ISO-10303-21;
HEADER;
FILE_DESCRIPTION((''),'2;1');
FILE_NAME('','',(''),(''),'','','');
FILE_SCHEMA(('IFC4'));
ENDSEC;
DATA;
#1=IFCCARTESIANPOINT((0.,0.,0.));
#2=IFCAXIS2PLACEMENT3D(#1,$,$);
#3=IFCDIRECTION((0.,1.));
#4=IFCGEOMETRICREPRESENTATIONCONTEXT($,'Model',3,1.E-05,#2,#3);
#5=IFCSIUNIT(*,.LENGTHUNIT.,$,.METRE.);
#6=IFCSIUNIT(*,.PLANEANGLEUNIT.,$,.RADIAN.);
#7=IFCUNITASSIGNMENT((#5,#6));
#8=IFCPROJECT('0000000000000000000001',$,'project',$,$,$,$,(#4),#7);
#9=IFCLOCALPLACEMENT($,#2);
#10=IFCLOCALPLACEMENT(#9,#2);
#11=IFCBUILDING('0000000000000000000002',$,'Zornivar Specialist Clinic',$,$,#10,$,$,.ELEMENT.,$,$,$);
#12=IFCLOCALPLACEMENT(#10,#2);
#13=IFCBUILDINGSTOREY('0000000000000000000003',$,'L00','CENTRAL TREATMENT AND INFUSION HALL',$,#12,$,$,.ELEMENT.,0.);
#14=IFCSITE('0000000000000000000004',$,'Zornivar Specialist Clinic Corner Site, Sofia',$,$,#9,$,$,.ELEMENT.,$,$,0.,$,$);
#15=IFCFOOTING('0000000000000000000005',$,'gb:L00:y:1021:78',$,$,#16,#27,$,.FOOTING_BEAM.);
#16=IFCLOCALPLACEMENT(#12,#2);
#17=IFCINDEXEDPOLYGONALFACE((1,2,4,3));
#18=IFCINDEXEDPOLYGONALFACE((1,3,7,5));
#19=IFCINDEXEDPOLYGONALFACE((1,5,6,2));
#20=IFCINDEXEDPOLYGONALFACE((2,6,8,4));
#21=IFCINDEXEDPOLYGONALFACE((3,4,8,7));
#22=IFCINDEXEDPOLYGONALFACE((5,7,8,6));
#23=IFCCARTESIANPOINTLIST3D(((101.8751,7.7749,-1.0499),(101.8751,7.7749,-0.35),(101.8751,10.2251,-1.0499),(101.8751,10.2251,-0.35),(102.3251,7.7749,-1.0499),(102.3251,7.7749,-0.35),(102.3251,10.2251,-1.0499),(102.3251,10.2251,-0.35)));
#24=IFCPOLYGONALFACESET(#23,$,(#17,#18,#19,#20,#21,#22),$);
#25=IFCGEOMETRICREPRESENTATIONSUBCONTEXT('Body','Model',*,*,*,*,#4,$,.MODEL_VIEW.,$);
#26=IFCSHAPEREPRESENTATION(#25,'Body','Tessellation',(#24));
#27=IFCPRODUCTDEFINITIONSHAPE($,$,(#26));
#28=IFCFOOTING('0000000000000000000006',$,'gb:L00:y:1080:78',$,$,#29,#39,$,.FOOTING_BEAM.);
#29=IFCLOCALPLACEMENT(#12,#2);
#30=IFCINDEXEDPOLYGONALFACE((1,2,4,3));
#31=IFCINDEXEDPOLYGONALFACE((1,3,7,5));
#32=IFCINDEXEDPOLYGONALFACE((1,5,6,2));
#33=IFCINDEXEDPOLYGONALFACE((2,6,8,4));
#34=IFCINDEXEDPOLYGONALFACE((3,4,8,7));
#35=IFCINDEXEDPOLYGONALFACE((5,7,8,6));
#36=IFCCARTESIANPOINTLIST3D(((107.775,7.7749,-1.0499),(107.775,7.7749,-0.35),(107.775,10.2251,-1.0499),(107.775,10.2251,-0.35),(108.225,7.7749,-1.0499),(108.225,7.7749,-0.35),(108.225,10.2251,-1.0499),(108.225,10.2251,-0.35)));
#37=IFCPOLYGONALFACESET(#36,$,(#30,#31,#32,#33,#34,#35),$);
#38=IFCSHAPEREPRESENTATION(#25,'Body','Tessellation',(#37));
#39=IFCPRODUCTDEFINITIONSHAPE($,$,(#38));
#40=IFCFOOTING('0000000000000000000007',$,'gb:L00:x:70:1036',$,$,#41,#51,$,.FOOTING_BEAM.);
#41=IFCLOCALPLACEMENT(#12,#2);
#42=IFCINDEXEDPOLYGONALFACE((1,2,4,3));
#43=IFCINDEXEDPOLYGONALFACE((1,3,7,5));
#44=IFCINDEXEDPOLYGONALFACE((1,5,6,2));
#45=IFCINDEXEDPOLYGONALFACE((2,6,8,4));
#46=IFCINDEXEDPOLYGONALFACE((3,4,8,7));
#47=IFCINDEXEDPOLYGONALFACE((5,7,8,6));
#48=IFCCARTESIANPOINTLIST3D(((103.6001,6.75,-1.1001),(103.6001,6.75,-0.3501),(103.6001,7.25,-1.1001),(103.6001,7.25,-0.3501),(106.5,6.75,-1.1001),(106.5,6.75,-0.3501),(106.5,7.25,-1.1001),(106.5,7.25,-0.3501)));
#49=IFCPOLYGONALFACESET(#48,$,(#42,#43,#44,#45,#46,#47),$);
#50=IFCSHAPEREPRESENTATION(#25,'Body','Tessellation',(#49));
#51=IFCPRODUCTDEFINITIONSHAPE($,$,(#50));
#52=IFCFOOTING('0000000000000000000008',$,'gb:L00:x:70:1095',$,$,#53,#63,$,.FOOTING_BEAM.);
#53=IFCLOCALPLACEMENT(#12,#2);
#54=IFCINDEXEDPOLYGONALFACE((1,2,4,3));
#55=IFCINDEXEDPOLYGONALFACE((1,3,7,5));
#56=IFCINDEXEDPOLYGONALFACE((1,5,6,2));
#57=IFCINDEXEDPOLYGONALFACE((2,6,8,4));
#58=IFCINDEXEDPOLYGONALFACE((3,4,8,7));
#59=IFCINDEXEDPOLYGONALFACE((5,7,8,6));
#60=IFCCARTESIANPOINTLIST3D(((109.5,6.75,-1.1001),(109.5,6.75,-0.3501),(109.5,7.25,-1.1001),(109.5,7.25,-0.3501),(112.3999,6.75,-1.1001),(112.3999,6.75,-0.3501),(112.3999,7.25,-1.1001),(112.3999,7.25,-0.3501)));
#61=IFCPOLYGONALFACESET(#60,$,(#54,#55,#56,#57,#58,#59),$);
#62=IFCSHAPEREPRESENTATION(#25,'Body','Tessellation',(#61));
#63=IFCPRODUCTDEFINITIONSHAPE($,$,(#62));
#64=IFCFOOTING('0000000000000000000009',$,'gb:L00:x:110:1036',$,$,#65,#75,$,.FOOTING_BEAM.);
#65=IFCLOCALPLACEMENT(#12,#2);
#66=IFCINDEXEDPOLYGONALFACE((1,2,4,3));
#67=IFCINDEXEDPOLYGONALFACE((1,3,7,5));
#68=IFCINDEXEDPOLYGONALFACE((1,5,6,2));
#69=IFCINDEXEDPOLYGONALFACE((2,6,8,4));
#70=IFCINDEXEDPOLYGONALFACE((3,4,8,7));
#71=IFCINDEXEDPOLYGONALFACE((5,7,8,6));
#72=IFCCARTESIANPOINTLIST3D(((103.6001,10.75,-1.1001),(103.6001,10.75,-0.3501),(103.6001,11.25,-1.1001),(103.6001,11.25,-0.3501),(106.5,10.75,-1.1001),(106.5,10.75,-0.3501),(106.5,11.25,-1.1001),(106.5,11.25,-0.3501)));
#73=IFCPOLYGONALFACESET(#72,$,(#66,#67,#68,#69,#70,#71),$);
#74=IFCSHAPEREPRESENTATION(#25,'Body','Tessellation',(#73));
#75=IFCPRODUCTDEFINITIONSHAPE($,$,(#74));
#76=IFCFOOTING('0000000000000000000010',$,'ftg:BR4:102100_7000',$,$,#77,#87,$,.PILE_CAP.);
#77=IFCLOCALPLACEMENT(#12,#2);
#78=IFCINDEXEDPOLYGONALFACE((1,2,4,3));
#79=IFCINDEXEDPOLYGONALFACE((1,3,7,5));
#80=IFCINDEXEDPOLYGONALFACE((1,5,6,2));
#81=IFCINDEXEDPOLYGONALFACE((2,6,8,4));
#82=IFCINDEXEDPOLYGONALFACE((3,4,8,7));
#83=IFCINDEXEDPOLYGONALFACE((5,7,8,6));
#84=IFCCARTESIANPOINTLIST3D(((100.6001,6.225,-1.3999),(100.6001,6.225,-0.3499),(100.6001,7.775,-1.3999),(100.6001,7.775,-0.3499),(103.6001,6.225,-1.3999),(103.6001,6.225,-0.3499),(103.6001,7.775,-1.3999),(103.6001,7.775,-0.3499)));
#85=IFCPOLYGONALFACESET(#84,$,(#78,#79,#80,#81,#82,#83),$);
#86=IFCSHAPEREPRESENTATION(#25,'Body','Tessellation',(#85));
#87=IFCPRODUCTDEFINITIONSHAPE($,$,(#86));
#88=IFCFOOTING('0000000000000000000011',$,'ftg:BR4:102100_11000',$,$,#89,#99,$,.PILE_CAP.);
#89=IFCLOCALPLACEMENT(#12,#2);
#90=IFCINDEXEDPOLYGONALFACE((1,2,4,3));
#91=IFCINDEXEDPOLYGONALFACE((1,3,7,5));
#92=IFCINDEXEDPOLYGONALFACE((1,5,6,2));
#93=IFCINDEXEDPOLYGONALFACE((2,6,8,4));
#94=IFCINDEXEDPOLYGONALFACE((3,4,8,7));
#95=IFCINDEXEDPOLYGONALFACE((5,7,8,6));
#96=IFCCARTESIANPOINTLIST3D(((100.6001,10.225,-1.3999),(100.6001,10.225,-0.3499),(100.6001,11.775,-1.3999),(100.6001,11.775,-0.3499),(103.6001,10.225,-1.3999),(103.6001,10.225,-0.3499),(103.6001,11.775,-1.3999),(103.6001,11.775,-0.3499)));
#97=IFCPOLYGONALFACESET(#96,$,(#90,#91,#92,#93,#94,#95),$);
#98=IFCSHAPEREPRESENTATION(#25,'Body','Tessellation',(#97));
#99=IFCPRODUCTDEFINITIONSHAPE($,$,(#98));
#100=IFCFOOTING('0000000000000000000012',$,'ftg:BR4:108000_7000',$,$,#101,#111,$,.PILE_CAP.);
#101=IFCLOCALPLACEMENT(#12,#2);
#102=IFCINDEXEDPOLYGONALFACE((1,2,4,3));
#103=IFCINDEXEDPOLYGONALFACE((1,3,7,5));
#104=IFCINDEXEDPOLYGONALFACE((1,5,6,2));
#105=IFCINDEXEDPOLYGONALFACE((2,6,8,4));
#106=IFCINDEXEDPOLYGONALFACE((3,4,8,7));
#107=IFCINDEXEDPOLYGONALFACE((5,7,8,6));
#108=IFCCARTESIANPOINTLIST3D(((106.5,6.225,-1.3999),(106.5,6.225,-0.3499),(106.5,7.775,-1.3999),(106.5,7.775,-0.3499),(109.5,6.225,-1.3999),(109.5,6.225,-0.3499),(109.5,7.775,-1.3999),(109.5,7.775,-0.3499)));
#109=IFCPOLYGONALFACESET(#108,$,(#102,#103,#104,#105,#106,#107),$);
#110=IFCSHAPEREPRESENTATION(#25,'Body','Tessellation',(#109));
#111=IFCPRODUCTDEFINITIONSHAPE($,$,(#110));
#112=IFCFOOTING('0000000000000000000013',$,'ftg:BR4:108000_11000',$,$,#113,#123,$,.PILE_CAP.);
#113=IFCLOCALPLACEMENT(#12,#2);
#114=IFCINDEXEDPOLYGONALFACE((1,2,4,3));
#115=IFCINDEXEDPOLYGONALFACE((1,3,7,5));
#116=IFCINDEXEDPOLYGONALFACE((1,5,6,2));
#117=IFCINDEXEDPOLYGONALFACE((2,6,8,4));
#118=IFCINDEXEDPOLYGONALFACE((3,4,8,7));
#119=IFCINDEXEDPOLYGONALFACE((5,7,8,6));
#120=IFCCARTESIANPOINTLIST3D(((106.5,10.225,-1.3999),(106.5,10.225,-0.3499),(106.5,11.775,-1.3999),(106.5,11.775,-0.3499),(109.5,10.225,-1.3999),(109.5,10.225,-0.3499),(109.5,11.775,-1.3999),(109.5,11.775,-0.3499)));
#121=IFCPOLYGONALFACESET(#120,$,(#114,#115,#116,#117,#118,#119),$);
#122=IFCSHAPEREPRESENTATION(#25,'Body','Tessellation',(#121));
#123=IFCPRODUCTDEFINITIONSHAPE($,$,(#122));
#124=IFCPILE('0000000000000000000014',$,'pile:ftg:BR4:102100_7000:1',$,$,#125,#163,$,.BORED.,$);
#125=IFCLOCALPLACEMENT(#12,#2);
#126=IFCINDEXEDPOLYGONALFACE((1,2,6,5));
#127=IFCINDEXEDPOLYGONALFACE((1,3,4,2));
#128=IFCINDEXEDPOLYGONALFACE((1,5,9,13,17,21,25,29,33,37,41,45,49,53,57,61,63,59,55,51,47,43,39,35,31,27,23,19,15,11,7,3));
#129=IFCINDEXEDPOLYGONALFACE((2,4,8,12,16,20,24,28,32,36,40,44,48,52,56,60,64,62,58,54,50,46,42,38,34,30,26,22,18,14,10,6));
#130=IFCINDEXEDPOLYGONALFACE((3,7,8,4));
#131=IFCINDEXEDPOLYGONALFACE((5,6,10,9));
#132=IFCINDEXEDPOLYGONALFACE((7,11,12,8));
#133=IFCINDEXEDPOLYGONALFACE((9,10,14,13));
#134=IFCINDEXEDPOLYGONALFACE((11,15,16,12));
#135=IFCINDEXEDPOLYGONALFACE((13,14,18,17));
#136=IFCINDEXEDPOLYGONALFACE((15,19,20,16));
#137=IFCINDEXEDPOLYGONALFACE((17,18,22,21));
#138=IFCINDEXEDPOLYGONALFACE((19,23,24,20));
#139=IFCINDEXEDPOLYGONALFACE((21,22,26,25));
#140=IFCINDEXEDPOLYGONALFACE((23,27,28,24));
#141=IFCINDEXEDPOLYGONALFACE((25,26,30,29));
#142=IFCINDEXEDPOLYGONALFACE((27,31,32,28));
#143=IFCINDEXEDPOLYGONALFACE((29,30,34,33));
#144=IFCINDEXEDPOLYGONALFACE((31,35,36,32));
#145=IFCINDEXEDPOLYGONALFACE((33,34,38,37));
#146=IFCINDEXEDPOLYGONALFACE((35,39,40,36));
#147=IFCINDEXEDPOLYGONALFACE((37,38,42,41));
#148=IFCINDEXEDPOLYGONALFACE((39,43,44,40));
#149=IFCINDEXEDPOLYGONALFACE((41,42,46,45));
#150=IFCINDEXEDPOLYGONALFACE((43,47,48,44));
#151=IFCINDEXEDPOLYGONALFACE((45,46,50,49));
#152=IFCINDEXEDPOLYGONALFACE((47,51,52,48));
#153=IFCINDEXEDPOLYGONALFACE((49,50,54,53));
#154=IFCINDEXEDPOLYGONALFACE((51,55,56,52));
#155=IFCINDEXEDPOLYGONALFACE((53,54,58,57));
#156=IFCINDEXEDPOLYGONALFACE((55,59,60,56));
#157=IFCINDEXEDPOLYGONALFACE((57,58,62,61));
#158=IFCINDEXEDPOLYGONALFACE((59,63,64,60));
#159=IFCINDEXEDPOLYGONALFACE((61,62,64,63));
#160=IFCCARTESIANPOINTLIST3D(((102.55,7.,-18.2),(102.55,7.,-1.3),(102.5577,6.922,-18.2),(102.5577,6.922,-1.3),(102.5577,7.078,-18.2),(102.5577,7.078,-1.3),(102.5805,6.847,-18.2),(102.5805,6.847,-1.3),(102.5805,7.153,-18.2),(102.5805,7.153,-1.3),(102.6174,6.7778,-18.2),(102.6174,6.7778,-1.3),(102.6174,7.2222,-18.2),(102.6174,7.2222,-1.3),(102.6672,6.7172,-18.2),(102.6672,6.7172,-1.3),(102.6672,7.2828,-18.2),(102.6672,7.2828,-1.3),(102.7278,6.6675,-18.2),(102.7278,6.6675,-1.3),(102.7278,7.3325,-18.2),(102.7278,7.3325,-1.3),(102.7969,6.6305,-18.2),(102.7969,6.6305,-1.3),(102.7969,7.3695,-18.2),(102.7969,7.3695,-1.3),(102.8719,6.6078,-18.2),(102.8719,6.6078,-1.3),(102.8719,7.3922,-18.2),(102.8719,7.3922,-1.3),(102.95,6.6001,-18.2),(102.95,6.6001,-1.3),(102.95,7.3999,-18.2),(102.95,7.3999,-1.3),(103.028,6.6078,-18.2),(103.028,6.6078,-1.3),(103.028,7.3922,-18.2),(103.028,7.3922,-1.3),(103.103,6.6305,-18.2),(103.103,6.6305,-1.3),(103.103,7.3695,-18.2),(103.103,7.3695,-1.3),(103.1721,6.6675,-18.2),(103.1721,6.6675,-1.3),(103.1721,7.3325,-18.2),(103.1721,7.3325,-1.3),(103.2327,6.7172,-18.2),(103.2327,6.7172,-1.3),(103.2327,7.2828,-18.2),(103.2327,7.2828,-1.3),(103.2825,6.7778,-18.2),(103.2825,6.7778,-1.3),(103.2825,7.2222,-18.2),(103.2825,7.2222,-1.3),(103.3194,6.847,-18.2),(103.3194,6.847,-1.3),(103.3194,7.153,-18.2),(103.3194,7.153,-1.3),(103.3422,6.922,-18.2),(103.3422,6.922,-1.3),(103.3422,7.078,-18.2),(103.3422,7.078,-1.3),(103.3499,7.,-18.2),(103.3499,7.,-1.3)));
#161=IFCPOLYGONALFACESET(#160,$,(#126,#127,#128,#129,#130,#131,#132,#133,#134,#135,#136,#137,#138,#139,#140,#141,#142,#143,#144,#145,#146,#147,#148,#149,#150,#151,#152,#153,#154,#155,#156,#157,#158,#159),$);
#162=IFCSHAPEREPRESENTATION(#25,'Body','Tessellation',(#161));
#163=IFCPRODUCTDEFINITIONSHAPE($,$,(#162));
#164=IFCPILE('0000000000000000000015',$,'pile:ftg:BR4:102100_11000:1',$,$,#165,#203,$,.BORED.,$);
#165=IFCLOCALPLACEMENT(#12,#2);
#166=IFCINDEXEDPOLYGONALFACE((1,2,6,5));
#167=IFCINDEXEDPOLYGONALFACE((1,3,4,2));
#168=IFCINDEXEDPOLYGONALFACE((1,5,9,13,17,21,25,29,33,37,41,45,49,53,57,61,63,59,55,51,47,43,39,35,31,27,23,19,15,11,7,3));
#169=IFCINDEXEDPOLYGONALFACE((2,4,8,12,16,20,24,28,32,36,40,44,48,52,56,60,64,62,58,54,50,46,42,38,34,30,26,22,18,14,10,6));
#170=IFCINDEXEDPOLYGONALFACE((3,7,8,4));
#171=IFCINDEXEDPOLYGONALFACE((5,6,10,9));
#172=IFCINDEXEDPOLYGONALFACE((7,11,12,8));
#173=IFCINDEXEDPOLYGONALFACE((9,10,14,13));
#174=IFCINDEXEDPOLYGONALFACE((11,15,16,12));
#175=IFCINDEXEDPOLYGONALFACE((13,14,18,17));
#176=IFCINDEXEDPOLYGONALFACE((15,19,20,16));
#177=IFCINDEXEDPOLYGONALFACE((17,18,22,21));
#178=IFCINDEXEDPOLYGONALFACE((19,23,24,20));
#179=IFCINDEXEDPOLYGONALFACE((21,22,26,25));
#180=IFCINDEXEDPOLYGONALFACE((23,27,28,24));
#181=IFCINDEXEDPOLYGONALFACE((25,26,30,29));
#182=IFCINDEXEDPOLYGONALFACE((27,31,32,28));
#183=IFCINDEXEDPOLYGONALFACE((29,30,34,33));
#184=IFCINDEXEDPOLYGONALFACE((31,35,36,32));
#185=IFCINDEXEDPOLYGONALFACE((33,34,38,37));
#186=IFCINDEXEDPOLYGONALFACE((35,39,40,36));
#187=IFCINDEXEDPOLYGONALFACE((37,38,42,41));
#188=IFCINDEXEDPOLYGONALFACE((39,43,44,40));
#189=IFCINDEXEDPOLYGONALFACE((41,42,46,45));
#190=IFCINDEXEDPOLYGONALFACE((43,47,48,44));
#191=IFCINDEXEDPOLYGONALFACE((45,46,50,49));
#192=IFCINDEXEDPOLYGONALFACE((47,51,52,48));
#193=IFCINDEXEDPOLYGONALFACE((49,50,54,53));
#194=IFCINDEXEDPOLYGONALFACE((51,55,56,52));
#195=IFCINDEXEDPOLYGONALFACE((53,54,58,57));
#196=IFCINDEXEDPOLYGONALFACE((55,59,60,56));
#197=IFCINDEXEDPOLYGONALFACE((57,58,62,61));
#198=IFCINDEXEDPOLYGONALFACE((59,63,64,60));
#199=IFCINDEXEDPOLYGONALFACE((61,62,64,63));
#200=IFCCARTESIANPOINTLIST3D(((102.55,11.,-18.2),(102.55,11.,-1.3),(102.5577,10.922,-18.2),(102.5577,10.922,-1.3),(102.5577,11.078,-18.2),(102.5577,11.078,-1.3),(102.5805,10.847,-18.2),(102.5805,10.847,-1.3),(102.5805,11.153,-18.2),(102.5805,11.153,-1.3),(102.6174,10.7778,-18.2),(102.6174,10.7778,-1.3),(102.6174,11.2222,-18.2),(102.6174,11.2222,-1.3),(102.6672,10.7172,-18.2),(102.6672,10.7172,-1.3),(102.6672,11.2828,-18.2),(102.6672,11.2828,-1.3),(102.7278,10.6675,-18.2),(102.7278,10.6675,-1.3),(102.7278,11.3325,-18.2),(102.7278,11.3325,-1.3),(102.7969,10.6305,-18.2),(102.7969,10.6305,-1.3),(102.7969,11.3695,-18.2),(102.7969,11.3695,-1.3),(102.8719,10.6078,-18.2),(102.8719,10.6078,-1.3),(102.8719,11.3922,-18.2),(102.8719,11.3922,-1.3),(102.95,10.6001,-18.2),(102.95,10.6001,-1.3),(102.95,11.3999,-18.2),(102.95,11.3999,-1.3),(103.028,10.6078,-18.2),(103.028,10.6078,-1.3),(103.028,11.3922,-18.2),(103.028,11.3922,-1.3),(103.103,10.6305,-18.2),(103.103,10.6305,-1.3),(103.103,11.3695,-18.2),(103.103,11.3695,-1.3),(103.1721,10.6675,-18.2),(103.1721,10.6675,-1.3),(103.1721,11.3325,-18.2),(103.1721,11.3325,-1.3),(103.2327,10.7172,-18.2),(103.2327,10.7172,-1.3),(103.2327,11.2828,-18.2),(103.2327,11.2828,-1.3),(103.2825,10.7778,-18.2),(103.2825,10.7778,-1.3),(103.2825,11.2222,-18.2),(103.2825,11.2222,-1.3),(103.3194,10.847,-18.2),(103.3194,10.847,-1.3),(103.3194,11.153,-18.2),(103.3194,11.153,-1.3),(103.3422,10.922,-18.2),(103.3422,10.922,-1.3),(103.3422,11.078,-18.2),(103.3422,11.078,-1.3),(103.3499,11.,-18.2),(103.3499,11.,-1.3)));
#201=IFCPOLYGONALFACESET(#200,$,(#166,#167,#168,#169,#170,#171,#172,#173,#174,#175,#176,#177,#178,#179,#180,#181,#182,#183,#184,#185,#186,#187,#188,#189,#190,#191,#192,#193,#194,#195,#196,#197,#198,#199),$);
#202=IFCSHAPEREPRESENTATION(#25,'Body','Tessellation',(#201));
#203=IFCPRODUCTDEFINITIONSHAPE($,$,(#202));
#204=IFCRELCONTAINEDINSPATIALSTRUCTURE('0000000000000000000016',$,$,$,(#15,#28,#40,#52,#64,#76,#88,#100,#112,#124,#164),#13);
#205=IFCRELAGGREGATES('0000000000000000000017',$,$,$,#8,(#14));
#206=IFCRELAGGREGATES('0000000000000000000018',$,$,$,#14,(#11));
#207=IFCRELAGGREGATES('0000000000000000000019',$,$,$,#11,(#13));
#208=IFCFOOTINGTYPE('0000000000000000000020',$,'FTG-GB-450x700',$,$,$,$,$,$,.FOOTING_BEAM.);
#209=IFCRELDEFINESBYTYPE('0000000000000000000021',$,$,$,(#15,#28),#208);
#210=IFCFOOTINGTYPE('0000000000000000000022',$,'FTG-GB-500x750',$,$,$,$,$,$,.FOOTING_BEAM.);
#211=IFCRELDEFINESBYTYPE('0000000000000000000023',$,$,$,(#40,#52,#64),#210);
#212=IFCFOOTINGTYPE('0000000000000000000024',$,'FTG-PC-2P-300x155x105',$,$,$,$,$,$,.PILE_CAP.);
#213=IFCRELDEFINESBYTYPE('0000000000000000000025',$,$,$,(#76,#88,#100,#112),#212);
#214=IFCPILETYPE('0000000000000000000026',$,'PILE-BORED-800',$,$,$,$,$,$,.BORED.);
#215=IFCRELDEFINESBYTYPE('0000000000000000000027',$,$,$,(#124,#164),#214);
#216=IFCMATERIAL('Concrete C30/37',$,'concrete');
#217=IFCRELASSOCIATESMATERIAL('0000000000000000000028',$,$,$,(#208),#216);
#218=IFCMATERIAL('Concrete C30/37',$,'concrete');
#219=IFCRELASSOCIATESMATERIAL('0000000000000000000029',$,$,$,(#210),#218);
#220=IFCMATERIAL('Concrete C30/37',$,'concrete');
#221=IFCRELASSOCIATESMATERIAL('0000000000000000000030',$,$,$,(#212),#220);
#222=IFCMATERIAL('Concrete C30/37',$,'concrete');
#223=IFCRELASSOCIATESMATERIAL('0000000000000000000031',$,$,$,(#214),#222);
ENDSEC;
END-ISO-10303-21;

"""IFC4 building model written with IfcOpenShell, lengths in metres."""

from ifc_helpers import new_model, si_unit, direction, frame, origin, origin_2d, place, context, subcontext, project, spatial, rectangle, circle, extrude, material, material_profile, profile_set, type_object, element, save


model = new_model("IFC4")

# Units and contexts
model_context = context("Model", 3, precision=1e-05, world=origin(), true_north=direction((0.0, 1.0)))
body_context = subcontext(model_context, "Body", "Model", "MODEL_VIEW")
ifc_project = project(units=[si_unit("LENGTHUNIT", "METRE"), si_unit("PLANEANGLEUNIT", "RADIAN")], contexts=[model_context])

# Site, building, storey
site_placement = place(None, origin())
site = spatial("IfcSite", under=ifc_project, at=site_placement, Name="Zornivar Specialist Clinic Corner Site, Sofia", CompositionType="ELEMENT", RefElevation=0.0)
building_placement = place(site_placement, origin())
building = spatial("IfcBuilding", under=site, at=building_placement, Name="Zornivar Specialist Clinic", CompositionType="ELEMENT")
storey_placement = place(building_placement, origin())
storey = spatial("IfcBuildingStorey", under=building, at=storey_placement, Name="L00", Description="CENTRAL TREATMENT AND INFUSION HALL", CompositionType="ELEMENT", Elevation=0.0)

# Footings
ifc_material_1 = material(Name="Concrete C30/37", Category="concrete")
ifc_material_profile_1 = material_profile(ifc_material_1, rectangle(XDim=0.45, YDim=0.7, at=origin_2d()), Name="RC 450x700")
ifc_profile_set_1 = profile_set([ifc_material_profile_1], Name="Concrete C30/37")
footing_type_1 = type_object("IfcFootingType", Name="FTG-GB-450x700", PredefinedType="FOOTING_BEAM", material=ifc_profile_set_1)
for number, where, z_axis, x_axis, name in (
    (1, (102.1001, 7.7749, -0.7), (0.0, 1.0, 0.0), (-1.0, 0.0, 0.0), "gb:L00:y:1021:78"),
    (2, (108.0, 7.7749, -0.7), (0.0, 1.0, 0.0), (-1.0, 0.0, 0.0), "gb:L00:y:1080:78"),
):
    element("IfcFooting", number, at=place(storey_placement, frame(where, z_axis=z_axis, x_axis=x_axis)), inside=storey, type_object=footing_type_1, Name=name, PredefinedType="FOOTING_BEAM", context=body_context, shape_type="SweptSolid", body=[
        extrude(rectangle(XDim=0.45, YDim=0.7, at=origin_2d()), origin(), (0.0, 0.0, 1.0), 2.4502),
    ])
ifc_material_2 = material(Name="Concrete C30/37", Category="concrete")
ifc_material_profile_2 = material_profile(ifc_material_2, rectangle(XDim=0.5, YDim=0.75, at=origin_2d()), Name="RC 500x750")
ifc_profile_set_2 = profile_set([ifc_material_profile_2], Name="Concrete C30/37")
footing_type_2 = type_object("IfcFootingType", Name="FTG-GB-500x750", PredefinedType="FOOTING_BEAM", material=ifc_profile_set_2)
for number, where, z_axis, x_axis, name in (
    (3, (103.6001, 7.0, -0.7251), (1.0, 0.0, 0.0), (0.0, 1.0, 0.0), "gb:L00:x:70:1036"),
    (4, (109.5, 7.0, -0.7251), (1.0, 0.0, 0.0), (0.0, 1.0, 0.0), "gb:L00:x:70:1095"),
    (5, (103.6001, 11.0, -0.7251), (1.0, 0.0, 0.0), (0.0, 1.0, 0.0), "gb:L00:x:110:1036"),
):
    element("IfcFooting", number, at=place(storey_placement, frame(where, z_axis=z_axis, x_axis=x_axis)), inside=storey, type_object=footing_type_2, Name=name, PredefinedType="FOOTING_BEAM", context=body_context, shape_type="SweptSolid", body=[
        extrude(rectangle(XDim=0.5, YDim=0.75, at=origin_2d()), origin(), (0.0, 0.0, 1.0), 2.8999),
    ])
ifc_material_3 = material(Name="Concrete C30/37", Category="concrete")
footing_type_3 = type_object("IfcFootingType", Name="FTG-PC-2P-300x155x105", PredefinedType="PILE_CAP", material=ifc_material_3)
for number, where, z_axis, x_axis, name in (
    (6, (102.1001, 7.0, -1.3999), (0.0, 0.0, 1.0), (1.0, 0.0, 0.0), "ftg:BR4:102100_7000"),
    (7, (102.1001, 11.0, -1.3999), (0.0, 0.0, 1.0), (1.0, 0.0, 0.0), "ftg:BR4:102100_11000"),
    (8, (108.0, 7.0, -1.3999), (0.0, 0.0, 1.0), (1.0, 0.0, 0.0), "ftg:BR4:108000_7000"),
    (9, (108.0, 11.0, -1.3999), (0.0, 0.0, 1.0), (1.0, 0.0, 0.0), "ftg:BR4:108000_11000"),
):
    element("IfcFooting", number, at=place(storey_placement, frame(where, z_axis=z_axis, x_axis=x_axis)), inside=storey, type_object=footing_type_3, Name=name, PredefinedType="PILE_CAP", context=body_context, shape_type="SweptSolid", body=[
        extrude(rectangle(XDim=3.0, YDim=1.55, at=origin_2d()), origin(), (0.0, 0.0, 1.0), 1.05),
    ])

# Piles
ifc_material_4 = material(Name="Concrete C30/37", Category="concrete")
ifc_material_profile_3 = material_profile(ifc_material_4, circle(Radius=0.3999, at=origin_2d()), Name="PILE D800")
ifc_profile_set_3 = profile_set([ifc_material_profile_3], Name="Concrete C30/37")
pile_type = type_object("IfcPileType", Name="PILE-BORED-800", PredefinedType="BORED", material=ifc_profile_set_3)
for number, where, z_axis, x_axis, name in (
    (10, (102.95, 7.0, -1.3), (0.0, 0.0, -1.0), (1.0, 0.0, 0.0), "pile:ftg:BR4:102100_7000:1"),
    (11, (102.95, 11.0, -1.3), (0.0, 0.0, -1.0), (1.0, 0.0, 0.0), "pile:ftg:BR4:102100_11000:1"),
):
    element("IfcPile", number, at=place(storey_placement, frame(where, z_axis=z_axis, x_axis=x_axis)), inside=storey, type_object=pile_type, Name=name, PredefinedType="BORED", context=body_context, shape_type="SweptSolid", body=[
        extrude(circle(Radius=0.3999, at=origin_2d()), origin(), (0.0, 0.0, 1.0), 16.8999),
    ])

save(model, "model.ifc")
